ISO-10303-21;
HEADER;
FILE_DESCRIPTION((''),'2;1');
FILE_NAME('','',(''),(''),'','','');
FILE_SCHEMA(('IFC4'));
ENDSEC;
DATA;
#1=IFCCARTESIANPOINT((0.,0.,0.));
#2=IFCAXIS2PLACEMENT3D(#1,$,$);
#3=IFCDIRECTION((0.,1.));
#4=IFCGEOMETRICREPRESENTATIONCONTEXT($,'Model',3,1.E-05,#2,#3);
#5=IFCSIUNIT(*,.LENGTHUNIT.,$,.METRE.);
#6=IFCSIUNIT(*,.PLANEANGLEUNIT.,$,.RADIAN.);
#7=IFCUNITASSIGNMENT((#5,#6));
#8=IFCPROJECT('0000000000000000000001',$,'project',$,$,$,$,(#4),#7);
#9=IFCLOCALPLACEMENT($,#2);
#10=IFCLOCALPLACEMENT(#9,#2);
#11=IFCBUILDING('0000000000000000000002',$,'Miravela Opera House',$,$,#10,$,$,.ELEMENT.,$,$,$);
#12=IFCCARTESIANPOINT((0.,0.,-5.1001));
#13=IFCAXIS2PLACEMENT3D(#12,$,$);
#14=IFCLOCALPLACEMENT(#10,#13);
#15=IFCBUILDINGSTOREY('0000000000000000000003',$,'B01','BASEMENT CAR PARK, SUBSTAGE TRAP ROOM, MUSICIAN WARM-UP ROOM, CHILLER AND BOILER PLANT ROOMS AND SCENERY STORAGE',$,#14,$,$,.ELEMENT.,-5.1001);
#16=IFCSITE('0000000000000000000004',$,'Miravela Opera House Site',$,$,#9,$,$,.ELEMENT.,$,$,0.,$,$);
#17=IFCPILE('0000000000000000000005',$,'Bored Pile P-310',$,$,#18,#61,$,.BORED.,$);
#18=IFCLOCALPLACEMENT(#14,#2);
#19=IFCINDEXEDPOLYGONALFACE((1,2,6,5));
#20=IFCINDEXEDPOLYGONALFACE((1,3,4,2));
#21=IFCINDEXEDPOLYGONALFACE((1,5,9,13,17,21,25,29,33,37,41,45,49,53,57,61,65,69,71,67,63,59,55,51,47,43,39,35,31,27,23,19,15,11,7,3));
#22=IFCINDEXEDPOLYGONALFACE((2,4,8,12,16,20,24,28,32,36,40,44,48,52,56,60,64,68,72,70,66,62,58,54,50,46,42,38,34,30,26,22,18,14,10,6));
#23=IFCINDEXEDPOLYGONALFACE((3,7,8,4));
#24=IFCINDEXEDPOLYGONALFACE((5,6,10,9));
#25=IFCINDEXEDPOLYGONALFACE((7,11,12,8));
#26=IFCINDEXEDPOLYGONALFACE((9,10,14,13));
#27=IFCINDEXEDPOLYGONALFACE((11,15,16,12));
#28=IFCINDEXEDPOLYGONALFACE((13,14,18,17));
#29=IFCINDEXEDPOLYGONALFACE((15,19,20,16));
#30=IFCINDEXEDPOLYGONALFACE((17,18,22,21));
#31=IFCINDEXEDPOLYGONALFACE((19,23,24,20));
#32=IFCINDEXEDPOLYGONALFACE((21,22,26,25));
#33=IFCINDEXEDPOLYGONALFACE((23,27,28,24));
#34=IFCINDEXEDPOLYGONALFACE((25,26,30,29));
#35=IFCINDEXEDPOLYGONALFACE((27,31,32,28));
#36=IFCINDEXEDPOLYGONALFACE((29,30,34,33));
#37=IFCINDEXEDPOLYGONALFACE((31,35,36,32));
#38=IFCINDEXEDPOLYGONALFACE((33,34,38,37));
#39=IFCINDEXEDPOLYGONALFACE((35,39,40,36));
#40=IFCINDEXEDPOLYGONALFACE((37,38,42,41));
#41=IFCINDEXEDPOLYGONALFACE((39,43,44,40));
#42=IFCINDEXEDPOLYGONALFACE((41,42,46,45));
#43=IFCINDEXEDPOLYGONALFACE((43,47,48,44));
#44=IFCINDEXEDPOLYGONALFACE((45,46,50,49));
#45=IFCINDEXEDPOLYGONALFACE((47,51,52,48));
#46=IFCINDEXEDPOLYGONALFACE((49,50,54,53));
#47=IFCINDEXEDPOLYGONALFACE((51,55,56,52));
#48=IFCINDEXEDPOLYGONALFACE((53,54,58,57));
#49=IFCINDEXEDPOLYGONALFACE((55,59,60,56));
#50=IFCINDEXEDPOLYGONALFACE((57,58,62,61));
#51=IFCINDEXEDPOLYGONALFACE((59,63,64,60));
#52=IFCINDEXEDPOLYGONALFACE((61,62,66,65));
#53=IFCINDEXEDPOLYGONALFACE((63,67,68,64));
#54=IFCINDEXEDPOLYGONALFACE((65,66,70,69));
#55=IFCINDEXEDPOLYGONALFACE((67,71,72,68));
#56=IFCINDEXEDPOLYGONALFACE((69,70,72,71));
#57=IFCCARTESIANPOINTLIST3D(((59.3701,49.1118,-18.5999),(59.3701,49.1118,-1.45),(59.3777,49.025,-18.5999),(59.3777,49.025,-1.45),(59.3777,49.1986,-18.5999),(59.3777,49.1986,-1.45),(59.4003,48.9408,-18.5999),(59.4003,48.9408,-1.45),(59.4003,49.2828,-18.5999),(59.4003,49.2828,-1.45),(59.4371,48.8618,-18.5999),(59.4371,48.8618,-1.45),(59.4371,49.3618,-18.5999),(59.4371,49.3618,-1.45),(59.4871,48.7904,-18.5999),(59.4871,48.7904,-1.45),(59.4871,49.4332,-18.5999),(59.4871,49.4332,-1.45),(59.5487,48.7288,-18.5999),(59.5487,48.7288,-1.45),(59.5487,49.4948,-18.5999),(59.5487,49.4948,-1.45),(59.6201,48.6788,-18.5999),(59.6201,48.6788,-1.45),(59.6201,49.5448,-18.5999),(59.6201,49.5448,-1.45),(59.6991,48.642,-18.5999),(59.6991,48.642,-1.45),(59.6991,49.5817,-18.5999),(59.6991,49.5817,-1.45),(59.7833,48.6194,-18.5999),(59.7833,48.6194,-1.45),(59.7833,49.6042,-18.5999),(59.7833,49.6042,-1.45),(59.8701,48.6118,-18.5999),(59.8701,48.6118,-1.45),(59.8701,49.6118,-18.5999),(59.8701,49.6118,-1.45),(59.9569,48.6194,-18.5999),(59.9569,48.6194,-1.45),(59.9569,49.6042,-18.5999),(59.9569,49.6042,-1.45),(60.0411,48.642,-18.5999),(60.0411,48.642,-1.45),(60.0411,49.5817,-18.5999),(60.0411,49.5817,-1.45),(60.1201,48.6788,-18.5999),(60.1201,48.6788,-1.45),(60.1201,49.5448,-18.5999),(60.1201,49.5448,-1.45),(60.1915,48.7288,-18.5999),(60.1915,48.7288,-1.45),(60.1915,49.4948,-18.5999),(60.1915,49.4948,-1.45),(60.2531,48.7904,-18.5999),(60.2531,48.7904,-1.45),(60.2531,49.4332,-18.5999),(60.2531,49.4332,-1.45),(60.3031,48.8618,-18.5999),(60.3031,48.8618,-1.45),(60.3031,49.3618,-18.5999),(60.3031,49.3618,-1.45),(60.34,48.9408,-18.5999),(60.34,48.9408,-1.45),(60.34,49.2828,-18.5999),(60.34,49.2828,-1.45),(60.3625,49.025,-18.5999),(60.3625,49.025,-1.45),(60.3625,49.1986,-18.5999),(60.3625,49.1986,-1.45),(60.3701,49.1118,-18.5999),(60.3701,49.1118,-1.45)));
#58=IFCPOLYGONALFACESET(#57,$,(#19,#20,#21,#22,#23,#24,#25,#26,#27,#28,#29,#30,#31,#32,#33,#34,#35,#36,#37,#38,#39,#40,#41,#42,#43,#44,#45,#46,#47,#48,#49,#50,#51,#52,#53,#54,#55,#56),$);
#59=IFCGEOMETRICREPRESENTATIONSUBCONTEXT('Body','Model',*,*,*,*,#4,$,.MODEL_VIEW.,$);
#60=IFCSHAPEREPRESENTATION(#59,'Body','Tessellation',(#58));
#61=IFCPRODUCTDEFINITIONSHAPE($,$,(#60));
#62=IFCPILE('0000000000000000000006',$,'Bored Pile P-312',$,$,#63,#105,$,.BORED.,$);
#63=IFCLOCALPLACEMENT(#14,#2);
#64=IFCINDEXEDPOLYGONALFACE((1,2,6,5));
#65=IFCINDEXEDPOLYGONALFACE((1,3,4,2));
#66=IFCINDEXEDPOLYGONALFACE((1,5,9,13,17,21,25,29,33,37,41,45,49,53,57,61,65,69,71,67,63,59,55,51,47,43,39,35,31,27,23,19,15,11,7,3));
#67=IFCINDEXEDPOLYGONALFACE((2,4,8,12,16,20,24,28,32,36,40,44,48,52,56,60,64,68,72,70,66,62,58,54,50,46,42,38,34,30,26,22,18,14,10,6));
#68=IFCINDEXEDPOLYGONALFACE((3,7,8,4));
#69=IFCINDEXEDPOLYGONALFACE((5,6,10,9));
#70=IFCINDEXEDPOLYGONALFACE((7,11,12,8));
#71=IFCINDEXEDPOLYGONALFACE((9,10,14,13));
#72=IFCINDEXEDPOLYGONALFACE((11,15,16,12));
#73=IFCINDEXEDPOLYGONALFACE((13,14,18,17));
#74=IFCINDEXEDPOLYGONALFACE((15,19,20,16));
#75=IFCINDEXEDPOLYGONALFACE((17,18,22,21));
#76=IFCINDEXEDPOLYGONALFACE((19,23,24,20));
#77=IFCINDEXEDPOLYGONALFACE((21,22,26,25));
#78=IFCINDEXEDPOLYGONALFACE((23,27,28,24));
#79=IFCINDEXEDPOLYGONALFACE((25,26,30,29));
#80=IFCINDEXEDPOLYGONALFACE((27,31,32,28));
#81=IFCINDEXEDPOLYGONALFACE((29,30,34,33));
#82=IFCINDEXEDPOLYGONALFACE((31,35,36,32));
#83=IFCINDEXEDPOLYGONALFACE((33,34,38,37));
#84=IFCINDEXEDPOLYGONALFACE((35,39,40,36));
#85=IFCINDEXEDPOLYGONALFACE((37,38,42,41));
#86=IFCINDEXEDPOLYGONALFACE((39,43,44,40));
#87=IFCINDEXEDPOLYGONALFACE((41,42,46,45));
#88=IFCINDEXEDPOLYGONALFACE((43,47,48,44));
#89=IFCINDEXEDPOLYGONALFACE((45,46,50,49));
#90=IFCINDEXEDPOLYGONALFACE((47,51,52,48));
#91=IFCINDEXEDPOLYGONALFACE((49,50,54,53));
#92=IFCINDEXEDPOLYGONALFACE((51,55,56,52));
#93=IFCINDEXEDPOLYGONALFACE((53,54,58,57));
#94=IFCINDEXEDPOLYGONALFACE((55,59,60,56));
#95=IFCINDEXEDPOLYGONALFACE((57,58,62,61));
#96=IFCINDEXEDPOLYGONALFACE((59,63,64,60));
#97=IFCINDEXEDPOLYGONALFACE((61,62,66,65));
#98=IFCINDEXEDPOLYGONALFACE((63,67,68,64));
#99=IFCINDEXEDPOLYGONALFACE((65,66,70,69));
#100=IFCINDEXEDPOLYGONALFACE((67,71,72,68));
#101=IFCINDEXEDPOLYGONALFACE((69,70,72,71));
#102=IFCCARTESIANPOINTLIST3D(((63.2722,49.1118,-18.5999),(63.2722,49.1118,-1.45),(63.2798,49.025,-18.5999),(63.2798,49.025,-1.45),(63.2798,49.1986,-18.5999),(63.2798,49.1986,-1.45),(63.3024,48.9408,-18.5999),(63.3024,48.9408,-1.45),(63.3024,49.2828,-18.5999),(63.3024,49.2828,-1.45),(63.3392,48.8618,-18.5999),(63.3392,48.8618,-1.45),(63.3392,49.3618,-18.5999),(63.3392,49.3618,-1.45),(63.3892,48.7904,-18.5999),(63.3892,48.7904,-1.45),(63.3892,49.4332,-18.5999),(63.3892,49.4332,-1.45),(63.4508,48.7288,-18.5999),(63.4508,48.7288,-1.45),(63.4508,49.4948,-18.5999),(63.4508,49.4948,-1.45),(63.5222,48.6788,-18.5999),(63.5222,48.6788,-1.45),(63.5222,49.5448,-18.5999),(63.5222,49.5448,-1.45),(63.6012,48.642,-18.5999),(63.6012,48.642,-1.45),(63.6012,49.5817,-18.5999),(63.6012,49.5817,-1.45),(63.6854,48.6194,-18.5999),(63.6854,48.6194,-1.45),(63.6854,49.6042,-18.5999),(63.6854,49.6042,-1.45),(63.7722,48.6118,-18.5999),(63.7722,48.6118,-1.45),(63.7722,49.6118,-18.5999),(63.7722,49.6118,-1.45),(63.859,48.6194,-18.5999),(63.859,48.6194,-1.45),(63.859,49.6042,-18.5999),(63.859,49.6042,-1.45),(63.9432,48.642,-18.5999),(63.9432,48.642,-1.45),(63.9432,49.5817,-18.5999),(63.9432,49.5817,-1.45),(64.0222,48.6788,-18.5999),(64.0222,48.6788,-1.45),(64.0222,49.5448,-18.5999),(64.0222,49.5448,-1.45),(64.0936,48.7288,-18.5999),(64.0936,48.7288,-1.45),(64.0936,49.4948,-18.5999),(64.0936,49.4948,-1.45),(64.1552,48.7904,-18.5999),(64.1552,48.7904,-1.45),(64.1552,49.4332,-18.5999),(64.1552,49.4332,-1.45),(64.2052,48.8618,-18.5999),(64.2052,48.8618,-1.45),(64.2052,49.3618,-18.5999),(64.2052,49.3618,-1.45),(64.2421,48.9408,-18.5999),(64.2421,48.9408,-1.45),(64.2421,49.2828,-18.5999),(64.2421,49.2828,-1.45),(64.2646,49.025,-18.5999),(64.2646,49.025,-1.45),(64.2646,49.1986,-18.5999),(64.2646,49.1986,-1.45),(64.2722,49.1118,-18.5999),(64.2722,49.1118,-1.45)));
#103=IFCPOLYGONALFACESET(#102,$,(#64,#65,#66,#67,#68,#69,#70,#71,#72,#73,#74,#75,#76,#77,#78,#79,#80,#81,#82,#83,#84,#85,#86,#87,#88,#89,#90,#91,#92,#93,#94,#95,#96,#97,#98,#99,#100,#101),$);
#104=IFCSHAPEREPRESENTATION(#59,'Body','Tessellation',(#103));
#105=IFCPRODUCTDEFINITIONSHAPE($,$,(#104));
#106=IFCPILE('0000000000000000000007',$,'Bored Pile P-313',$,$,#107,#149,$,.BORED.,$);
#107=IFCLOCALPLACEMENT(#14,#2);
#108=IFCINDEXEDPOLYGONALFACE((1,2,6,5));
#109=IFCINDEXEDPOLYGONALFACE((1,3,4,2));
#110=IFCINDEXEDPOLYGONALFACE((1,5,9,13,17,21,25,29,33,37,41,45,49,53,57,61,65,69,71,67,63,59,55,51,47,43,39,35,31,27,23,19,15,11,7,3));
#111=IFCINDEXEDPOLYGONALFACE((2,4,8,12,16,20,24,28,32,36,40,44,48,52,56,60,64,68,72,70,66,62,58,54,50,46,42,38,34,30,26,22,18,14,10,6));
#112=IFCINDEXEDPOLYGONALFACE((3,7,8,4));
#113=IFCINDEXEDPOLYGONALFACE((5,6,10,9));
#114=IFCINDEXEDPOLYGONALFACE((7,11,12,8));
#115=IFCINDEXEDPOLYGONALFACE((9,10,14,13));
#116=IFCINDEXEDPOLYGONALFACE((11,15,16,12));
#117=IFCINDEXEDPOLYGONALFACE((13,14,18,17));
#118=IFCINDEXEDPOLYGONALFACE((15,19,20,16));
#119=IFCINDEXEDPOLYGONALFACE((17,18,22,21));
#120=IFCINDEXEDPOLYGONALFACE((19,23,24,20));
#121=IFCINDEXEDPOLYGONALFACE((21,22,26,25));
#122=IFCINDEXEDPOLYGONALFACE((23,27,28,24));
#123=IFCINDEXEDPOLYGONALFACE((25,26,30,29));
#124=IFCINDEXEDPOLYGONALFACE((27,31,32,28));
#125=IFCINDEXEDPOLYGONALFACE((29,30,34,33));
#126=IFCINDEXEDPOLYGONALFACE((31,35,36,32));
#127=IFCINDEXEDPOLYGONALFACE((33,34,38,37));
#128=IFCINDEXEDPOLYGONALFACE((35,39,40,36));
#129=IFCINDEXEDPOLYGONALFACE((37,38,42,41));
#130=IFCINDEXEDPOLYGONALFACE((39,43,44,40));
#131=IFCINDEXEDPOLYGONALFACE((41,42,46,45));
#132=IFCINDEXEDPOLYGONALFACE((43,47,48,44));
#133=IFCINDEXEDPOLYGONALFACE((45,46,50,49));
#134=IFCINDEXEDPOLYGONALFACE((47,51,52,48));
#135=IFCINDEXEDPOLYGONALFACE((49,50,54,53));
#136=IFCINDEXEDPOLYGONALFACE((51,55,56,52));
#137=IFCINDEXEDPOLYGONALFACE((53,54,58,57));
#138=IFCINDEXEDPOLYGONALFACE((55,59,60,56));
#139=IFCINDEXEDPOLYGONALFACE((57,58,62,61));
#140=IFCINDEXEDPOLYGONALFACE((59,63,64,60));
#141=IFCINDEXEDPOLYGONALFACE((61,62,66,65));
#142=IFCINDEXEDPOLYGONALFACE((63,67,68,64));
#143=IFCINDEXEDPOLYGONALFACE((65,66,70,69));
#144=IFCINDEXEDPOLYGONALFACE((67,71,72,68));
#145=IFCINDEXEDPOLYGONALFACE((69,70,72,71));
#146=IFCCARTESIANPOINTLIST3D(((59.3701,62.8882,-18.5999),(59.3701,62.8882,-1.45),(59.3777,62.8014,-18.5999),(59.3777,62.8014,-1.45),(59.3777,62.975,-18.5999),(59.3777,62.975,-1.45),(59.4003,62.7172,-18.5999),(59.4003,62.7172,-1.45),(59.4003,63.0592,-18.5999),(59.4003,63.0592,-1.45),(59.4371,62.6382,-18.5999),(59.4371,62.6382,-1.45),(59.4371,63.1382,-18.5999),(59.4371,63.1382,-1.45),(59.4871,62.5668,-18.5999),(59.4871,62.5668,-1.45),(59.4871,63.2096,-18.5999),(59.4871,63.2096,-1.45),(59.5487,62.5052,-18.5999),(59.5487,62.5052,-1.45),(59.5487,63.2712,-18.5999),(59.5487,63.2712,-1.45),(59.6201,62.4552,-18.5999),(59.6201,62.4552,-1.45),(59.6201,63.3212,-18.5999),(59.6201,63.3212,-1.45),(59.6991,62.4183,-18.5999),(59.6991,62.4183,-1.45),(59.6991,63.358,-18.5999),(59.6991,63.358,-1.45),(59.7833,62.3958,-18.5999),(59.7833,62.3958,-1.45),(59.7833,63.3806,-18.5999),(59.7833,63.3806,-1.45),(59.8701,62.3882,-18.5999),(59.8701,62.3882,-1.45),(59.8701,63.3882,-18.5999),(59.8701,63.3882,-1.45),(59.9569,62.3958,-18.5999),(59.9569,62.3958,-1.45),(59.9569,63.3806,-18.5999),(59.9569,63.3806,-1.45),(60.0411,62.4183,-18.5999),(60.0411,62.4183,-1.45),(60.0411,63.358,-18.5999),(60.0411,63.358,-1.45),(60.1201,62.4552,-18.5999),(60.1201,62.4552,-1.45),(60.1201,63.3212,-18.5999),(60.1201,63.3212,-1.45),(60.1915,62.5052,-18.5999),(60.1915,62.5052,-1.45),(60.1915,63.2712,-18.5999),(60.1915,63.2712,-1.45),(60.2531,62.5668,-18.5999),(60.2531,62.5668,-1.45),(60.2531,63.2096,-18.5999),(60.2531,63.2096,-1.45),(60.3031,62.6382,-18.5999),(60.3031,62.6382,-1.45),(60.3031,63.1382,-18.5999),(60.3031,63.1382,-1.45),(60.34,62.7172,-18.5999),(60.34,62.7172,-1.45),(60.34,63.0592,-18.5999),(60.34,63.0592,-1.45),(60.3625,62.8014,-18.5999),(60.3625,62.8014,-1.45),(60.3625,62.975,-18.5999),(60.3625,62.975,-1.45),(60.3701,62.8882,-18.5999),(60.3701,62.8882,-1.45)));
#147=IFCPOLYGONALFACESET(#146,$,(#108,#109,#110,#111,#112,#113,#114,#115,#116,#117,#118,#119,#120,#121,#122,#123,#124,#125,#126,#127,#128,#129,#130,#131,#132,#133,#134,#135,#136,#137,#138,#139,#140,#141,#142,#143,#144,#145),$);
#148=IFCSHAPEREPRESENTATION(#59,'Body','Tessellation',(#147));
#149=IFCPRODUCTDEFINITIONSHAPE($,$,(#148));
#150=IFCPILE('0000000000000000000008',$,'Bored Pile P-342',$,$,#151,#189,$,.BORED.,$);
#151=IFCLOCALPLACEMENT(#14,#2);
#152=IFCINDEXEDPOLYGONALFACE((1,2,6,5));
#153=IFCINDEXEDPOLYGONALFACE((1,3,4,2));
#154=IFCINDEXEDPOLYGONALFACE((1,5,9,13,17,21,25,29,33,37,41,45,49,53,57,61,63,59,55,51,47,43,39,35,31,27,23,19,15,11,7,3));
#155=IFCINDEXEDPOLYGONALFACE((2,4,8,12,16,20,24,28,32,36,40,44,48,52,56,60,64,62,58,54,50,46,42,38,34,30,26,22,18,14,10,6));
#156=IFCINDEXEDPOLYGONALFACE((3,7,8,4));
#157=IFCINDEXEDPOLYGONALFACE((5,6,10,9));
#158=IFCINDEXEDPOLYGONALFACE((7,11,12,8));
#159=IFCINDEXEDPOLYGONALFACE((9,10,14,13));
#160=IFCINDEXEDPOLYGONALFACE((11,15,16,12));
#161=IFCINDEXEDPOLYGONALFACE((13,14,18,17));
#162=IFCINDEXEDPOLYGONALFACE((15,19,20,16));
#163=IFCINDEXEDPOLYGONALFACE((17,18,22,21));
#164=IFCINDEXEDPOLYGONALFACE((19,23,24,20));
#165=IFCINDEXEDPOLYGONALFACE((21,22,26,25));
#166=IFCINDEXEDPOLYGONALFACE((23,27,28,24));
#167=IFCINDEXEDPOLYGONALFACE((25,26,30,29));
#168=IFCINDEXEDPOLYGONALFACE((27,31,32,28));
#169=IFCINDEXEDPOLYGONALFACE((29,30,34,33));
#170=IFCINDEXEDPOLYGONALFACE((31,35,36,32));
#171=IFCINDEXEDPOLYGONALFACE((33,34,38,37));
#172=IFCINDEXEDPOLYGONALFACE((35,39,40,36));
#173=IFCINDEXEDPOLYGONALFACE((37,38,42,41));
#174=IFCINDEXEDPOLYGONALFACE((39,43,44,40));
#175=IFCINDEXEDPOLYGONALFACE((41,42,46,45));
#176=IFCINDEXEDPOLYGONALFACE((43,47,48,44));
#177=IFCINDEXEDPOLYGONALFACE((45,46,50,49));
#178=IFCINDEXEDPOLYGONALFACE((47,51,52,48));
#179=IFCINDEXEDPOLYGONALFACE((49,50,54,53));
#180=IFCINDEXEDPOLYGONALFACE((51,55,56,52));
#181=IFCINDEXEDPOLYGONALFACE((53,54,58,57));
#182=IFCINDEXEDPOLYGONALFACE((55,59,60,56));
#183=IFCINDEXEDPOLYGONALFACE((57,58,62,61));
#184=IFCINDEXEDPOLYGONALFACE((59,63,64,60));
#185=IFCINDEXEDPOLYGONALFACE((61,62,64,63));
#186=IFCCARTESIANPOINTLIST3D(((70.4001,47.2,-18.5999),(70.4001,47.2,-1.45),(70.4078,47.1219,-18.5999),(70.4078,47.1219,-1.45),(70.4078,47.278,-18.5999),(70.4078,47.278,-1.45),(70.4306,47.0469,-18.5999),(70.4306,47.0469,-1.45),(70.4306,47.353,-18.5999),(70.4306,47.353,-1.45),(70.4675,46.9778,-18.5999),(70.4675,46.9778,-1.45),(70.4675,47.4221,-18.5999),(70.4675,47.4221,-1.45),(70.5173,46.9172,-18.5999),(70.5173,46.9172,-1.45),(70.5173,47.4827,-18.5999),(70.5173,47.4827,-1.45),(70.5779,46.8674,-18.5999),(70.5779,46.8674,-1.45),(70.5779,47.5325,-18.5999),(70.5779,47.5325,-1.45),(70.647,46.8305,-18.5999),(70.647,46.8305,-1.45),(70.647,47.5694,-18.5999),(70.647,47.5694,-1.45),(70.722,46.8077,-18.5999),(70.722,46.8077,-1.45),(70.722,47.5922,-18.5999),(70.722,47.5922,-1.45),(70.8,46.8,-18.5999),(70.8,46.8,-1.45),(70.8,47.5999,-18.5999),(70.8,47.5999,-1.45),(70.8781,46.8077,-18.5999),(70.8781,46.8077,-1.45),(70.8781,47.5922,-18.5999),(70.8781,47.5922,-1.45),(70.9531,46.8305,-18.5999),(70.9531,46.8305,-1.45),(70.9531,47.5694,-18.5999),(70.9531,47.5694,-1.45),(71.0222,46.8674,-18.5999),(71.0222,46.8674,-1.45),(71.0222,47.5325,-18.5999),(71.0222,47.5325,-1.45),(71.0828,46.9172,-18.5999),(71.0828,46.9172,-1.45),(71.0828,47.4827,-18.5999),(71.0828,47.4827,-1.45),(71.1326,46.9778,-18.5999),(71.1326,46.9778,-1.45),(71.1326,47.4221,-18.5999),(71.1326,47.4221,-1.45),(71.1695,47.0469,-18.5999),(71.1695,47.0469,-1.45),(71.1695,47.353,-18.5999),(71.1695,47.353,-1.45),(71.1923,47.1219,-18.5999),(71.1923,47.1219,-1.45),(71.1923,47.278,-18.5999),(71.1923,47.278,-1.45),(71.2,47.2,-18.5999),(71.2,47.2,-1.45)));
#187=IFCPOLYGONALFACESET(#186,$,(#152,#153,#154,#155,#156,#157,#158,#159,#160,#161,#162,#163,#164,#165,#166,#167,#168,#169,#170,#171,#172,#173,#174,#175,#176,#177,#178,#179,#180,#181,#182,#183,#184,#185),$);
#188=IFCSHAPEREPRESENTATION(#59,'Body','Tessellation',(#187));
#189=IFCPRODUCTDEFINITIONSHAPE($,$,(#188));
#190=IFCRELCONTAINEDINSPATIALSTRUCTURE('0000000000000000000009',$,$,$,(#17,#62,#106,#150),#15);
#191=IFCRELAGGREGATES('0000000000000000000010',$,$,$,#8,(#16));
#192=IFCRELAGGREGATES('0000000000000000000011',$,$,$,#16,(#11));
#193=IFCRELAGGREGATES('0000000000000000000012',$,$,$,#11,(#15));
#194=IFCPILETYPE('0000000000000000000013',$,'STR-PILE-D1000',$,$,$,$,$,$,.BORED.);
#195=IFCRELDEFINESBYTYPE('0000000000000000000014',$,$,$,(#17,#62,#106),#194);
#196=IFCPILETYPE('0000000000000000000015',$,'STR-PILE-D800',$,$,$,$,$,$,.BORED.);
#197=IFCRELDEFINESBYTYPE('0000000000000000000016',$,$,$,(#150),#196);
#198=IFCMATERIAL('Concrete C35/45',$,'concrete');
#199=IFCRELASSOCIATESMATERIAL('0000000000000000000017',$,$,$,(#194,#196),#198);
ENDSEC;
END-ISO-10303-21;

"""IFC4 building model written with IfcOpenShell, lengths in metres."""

from ifc_helpers import new_model, si_unit, direction, frame, origin, origin_2d, place, context, subcontext, project, spatial, circle, extrude, material, material_profile, profile_set, type_object, element, save


model = new_model("IFC4")

# Units and contexts
model_context = context("Model", 3, precision=1e-05, world=origin(), true_north=direction((0.0, 1.0)))
body_context = subcontext(model_context, "Body", "Model", "MODEL_VIEW")
ifc_project = project(units=[si_unit("LENGTHUNIT", "METRE"), si_unit("PLANEANGLEUNIT", "RADIAN")], contexts=[model_context])

# Site, building, storey
site_placement = place(None, origin())
site = spatial("IfcSite", under=ifc_project, at=site_placement, Name="Miravela Opera House Site", CompositionType="ELEMENT", RefElevation=0.0)
building_placement = place(site_placement, origin())
building = spatial("IfcBuilding", under=site, at=building_placement, Name="Miravela Opera House", CompositionType="ELEMENT")
storey_placement = place(building_placement, frame((0.0, 0.0, -5.1001)))
storey = spatial("IfcBuildingStorey", under=building, at=storey_placement, Name="B01", Description="BASEMENT CAR PARK, SUBSTAGE TRAP ROOM, MUSICIAN WARM-UP ROOM, CHILLER AND BOILER PLANT ROOMS AND SCENERY STORAGE", CompositionType="ELEMENT", Elevation=-5.1001)

# Shared definitions
ifc_material_1 = material(Name="Concrete C35/45", Category="concrete")

# Piles
ifc_material_profile_1 = material_profile(ifc_material_1, circle(Radius=0.5, at=origin_2d()), Name="PILE-D1000")
ifc_profile_set_1 = profile_set([ifc_material_profile_1])
pile_type_1 = type_object("IfcPileType", Name="STR-PILE-D1000", PredefinedType="BORED", material=ifc_profile_set_1)
for number, where, z_axis, x_axis, name in (
    (1, (59.8701, 49.1118, -1.45), (0.0, 0.0, -1.0), (1.0, 0.0, 0.0), "Bored Pile P-310"),
    (2, (63.7722, 49.1118, -1.45), (0.0, 0.0, -1.0), (1.0, 0.0, 0.0), "Bored Pile P-312"),
    (3, (59.8701, 62.8882, -1.45), (0.0, 0.0, -1.0), (1.0, 0.0, 0.0), "Bored Pile P-313"),
):
    element("IfcPile", number, at=place(storey_placement, frame(where, z_axis=z_axis, x_axis=x_axis)), inside=storey, type_object=pile_type_1, Name=name, PredefinedType="BORED", context=body_context, shape_type="SweptSolid", body=[
        extrude(circle(Radius=0.5, at=origin_2d()), origin(), (0.0, 0.0, 1.0), 17.1499),
    ])
ifc_material_profile_2 = material_profile(ifc_material_1, circle(Radius=0.3999, at=origin_2d()), Name="PILE-D800")
ifc_profile_set_2 = profile_set([ifc_material_profile_2])
pile_type_2 = type_object("IfcPileType", Name="STR-PILE-D800", PredefinedType="BORED", material=ifc_profile_set_2)
for number, where, z_axis, x_axis, name in (
    (4, (70.8, 47.2, -1.45), (0.0, 0.0, -1.0), (1.0, 0.0, 0.0), "Bored Pile P-342"),
):
    element("IfcPile", number, at=place(storey_placement, frame(where, z_axis=z_axis, x_axis=x_axis)), inside=storey, type_object=pile_type_2, Name=name, PredefinedType="BORED", context=body_context, shape_type="SweptSolid", body=[
        extrude(circle(Radius=0.3999, at=origin_2d()), origin(), (0.0, 0.0, 1.0), 17.1499),
    ])

save(model, "model.ifc")
